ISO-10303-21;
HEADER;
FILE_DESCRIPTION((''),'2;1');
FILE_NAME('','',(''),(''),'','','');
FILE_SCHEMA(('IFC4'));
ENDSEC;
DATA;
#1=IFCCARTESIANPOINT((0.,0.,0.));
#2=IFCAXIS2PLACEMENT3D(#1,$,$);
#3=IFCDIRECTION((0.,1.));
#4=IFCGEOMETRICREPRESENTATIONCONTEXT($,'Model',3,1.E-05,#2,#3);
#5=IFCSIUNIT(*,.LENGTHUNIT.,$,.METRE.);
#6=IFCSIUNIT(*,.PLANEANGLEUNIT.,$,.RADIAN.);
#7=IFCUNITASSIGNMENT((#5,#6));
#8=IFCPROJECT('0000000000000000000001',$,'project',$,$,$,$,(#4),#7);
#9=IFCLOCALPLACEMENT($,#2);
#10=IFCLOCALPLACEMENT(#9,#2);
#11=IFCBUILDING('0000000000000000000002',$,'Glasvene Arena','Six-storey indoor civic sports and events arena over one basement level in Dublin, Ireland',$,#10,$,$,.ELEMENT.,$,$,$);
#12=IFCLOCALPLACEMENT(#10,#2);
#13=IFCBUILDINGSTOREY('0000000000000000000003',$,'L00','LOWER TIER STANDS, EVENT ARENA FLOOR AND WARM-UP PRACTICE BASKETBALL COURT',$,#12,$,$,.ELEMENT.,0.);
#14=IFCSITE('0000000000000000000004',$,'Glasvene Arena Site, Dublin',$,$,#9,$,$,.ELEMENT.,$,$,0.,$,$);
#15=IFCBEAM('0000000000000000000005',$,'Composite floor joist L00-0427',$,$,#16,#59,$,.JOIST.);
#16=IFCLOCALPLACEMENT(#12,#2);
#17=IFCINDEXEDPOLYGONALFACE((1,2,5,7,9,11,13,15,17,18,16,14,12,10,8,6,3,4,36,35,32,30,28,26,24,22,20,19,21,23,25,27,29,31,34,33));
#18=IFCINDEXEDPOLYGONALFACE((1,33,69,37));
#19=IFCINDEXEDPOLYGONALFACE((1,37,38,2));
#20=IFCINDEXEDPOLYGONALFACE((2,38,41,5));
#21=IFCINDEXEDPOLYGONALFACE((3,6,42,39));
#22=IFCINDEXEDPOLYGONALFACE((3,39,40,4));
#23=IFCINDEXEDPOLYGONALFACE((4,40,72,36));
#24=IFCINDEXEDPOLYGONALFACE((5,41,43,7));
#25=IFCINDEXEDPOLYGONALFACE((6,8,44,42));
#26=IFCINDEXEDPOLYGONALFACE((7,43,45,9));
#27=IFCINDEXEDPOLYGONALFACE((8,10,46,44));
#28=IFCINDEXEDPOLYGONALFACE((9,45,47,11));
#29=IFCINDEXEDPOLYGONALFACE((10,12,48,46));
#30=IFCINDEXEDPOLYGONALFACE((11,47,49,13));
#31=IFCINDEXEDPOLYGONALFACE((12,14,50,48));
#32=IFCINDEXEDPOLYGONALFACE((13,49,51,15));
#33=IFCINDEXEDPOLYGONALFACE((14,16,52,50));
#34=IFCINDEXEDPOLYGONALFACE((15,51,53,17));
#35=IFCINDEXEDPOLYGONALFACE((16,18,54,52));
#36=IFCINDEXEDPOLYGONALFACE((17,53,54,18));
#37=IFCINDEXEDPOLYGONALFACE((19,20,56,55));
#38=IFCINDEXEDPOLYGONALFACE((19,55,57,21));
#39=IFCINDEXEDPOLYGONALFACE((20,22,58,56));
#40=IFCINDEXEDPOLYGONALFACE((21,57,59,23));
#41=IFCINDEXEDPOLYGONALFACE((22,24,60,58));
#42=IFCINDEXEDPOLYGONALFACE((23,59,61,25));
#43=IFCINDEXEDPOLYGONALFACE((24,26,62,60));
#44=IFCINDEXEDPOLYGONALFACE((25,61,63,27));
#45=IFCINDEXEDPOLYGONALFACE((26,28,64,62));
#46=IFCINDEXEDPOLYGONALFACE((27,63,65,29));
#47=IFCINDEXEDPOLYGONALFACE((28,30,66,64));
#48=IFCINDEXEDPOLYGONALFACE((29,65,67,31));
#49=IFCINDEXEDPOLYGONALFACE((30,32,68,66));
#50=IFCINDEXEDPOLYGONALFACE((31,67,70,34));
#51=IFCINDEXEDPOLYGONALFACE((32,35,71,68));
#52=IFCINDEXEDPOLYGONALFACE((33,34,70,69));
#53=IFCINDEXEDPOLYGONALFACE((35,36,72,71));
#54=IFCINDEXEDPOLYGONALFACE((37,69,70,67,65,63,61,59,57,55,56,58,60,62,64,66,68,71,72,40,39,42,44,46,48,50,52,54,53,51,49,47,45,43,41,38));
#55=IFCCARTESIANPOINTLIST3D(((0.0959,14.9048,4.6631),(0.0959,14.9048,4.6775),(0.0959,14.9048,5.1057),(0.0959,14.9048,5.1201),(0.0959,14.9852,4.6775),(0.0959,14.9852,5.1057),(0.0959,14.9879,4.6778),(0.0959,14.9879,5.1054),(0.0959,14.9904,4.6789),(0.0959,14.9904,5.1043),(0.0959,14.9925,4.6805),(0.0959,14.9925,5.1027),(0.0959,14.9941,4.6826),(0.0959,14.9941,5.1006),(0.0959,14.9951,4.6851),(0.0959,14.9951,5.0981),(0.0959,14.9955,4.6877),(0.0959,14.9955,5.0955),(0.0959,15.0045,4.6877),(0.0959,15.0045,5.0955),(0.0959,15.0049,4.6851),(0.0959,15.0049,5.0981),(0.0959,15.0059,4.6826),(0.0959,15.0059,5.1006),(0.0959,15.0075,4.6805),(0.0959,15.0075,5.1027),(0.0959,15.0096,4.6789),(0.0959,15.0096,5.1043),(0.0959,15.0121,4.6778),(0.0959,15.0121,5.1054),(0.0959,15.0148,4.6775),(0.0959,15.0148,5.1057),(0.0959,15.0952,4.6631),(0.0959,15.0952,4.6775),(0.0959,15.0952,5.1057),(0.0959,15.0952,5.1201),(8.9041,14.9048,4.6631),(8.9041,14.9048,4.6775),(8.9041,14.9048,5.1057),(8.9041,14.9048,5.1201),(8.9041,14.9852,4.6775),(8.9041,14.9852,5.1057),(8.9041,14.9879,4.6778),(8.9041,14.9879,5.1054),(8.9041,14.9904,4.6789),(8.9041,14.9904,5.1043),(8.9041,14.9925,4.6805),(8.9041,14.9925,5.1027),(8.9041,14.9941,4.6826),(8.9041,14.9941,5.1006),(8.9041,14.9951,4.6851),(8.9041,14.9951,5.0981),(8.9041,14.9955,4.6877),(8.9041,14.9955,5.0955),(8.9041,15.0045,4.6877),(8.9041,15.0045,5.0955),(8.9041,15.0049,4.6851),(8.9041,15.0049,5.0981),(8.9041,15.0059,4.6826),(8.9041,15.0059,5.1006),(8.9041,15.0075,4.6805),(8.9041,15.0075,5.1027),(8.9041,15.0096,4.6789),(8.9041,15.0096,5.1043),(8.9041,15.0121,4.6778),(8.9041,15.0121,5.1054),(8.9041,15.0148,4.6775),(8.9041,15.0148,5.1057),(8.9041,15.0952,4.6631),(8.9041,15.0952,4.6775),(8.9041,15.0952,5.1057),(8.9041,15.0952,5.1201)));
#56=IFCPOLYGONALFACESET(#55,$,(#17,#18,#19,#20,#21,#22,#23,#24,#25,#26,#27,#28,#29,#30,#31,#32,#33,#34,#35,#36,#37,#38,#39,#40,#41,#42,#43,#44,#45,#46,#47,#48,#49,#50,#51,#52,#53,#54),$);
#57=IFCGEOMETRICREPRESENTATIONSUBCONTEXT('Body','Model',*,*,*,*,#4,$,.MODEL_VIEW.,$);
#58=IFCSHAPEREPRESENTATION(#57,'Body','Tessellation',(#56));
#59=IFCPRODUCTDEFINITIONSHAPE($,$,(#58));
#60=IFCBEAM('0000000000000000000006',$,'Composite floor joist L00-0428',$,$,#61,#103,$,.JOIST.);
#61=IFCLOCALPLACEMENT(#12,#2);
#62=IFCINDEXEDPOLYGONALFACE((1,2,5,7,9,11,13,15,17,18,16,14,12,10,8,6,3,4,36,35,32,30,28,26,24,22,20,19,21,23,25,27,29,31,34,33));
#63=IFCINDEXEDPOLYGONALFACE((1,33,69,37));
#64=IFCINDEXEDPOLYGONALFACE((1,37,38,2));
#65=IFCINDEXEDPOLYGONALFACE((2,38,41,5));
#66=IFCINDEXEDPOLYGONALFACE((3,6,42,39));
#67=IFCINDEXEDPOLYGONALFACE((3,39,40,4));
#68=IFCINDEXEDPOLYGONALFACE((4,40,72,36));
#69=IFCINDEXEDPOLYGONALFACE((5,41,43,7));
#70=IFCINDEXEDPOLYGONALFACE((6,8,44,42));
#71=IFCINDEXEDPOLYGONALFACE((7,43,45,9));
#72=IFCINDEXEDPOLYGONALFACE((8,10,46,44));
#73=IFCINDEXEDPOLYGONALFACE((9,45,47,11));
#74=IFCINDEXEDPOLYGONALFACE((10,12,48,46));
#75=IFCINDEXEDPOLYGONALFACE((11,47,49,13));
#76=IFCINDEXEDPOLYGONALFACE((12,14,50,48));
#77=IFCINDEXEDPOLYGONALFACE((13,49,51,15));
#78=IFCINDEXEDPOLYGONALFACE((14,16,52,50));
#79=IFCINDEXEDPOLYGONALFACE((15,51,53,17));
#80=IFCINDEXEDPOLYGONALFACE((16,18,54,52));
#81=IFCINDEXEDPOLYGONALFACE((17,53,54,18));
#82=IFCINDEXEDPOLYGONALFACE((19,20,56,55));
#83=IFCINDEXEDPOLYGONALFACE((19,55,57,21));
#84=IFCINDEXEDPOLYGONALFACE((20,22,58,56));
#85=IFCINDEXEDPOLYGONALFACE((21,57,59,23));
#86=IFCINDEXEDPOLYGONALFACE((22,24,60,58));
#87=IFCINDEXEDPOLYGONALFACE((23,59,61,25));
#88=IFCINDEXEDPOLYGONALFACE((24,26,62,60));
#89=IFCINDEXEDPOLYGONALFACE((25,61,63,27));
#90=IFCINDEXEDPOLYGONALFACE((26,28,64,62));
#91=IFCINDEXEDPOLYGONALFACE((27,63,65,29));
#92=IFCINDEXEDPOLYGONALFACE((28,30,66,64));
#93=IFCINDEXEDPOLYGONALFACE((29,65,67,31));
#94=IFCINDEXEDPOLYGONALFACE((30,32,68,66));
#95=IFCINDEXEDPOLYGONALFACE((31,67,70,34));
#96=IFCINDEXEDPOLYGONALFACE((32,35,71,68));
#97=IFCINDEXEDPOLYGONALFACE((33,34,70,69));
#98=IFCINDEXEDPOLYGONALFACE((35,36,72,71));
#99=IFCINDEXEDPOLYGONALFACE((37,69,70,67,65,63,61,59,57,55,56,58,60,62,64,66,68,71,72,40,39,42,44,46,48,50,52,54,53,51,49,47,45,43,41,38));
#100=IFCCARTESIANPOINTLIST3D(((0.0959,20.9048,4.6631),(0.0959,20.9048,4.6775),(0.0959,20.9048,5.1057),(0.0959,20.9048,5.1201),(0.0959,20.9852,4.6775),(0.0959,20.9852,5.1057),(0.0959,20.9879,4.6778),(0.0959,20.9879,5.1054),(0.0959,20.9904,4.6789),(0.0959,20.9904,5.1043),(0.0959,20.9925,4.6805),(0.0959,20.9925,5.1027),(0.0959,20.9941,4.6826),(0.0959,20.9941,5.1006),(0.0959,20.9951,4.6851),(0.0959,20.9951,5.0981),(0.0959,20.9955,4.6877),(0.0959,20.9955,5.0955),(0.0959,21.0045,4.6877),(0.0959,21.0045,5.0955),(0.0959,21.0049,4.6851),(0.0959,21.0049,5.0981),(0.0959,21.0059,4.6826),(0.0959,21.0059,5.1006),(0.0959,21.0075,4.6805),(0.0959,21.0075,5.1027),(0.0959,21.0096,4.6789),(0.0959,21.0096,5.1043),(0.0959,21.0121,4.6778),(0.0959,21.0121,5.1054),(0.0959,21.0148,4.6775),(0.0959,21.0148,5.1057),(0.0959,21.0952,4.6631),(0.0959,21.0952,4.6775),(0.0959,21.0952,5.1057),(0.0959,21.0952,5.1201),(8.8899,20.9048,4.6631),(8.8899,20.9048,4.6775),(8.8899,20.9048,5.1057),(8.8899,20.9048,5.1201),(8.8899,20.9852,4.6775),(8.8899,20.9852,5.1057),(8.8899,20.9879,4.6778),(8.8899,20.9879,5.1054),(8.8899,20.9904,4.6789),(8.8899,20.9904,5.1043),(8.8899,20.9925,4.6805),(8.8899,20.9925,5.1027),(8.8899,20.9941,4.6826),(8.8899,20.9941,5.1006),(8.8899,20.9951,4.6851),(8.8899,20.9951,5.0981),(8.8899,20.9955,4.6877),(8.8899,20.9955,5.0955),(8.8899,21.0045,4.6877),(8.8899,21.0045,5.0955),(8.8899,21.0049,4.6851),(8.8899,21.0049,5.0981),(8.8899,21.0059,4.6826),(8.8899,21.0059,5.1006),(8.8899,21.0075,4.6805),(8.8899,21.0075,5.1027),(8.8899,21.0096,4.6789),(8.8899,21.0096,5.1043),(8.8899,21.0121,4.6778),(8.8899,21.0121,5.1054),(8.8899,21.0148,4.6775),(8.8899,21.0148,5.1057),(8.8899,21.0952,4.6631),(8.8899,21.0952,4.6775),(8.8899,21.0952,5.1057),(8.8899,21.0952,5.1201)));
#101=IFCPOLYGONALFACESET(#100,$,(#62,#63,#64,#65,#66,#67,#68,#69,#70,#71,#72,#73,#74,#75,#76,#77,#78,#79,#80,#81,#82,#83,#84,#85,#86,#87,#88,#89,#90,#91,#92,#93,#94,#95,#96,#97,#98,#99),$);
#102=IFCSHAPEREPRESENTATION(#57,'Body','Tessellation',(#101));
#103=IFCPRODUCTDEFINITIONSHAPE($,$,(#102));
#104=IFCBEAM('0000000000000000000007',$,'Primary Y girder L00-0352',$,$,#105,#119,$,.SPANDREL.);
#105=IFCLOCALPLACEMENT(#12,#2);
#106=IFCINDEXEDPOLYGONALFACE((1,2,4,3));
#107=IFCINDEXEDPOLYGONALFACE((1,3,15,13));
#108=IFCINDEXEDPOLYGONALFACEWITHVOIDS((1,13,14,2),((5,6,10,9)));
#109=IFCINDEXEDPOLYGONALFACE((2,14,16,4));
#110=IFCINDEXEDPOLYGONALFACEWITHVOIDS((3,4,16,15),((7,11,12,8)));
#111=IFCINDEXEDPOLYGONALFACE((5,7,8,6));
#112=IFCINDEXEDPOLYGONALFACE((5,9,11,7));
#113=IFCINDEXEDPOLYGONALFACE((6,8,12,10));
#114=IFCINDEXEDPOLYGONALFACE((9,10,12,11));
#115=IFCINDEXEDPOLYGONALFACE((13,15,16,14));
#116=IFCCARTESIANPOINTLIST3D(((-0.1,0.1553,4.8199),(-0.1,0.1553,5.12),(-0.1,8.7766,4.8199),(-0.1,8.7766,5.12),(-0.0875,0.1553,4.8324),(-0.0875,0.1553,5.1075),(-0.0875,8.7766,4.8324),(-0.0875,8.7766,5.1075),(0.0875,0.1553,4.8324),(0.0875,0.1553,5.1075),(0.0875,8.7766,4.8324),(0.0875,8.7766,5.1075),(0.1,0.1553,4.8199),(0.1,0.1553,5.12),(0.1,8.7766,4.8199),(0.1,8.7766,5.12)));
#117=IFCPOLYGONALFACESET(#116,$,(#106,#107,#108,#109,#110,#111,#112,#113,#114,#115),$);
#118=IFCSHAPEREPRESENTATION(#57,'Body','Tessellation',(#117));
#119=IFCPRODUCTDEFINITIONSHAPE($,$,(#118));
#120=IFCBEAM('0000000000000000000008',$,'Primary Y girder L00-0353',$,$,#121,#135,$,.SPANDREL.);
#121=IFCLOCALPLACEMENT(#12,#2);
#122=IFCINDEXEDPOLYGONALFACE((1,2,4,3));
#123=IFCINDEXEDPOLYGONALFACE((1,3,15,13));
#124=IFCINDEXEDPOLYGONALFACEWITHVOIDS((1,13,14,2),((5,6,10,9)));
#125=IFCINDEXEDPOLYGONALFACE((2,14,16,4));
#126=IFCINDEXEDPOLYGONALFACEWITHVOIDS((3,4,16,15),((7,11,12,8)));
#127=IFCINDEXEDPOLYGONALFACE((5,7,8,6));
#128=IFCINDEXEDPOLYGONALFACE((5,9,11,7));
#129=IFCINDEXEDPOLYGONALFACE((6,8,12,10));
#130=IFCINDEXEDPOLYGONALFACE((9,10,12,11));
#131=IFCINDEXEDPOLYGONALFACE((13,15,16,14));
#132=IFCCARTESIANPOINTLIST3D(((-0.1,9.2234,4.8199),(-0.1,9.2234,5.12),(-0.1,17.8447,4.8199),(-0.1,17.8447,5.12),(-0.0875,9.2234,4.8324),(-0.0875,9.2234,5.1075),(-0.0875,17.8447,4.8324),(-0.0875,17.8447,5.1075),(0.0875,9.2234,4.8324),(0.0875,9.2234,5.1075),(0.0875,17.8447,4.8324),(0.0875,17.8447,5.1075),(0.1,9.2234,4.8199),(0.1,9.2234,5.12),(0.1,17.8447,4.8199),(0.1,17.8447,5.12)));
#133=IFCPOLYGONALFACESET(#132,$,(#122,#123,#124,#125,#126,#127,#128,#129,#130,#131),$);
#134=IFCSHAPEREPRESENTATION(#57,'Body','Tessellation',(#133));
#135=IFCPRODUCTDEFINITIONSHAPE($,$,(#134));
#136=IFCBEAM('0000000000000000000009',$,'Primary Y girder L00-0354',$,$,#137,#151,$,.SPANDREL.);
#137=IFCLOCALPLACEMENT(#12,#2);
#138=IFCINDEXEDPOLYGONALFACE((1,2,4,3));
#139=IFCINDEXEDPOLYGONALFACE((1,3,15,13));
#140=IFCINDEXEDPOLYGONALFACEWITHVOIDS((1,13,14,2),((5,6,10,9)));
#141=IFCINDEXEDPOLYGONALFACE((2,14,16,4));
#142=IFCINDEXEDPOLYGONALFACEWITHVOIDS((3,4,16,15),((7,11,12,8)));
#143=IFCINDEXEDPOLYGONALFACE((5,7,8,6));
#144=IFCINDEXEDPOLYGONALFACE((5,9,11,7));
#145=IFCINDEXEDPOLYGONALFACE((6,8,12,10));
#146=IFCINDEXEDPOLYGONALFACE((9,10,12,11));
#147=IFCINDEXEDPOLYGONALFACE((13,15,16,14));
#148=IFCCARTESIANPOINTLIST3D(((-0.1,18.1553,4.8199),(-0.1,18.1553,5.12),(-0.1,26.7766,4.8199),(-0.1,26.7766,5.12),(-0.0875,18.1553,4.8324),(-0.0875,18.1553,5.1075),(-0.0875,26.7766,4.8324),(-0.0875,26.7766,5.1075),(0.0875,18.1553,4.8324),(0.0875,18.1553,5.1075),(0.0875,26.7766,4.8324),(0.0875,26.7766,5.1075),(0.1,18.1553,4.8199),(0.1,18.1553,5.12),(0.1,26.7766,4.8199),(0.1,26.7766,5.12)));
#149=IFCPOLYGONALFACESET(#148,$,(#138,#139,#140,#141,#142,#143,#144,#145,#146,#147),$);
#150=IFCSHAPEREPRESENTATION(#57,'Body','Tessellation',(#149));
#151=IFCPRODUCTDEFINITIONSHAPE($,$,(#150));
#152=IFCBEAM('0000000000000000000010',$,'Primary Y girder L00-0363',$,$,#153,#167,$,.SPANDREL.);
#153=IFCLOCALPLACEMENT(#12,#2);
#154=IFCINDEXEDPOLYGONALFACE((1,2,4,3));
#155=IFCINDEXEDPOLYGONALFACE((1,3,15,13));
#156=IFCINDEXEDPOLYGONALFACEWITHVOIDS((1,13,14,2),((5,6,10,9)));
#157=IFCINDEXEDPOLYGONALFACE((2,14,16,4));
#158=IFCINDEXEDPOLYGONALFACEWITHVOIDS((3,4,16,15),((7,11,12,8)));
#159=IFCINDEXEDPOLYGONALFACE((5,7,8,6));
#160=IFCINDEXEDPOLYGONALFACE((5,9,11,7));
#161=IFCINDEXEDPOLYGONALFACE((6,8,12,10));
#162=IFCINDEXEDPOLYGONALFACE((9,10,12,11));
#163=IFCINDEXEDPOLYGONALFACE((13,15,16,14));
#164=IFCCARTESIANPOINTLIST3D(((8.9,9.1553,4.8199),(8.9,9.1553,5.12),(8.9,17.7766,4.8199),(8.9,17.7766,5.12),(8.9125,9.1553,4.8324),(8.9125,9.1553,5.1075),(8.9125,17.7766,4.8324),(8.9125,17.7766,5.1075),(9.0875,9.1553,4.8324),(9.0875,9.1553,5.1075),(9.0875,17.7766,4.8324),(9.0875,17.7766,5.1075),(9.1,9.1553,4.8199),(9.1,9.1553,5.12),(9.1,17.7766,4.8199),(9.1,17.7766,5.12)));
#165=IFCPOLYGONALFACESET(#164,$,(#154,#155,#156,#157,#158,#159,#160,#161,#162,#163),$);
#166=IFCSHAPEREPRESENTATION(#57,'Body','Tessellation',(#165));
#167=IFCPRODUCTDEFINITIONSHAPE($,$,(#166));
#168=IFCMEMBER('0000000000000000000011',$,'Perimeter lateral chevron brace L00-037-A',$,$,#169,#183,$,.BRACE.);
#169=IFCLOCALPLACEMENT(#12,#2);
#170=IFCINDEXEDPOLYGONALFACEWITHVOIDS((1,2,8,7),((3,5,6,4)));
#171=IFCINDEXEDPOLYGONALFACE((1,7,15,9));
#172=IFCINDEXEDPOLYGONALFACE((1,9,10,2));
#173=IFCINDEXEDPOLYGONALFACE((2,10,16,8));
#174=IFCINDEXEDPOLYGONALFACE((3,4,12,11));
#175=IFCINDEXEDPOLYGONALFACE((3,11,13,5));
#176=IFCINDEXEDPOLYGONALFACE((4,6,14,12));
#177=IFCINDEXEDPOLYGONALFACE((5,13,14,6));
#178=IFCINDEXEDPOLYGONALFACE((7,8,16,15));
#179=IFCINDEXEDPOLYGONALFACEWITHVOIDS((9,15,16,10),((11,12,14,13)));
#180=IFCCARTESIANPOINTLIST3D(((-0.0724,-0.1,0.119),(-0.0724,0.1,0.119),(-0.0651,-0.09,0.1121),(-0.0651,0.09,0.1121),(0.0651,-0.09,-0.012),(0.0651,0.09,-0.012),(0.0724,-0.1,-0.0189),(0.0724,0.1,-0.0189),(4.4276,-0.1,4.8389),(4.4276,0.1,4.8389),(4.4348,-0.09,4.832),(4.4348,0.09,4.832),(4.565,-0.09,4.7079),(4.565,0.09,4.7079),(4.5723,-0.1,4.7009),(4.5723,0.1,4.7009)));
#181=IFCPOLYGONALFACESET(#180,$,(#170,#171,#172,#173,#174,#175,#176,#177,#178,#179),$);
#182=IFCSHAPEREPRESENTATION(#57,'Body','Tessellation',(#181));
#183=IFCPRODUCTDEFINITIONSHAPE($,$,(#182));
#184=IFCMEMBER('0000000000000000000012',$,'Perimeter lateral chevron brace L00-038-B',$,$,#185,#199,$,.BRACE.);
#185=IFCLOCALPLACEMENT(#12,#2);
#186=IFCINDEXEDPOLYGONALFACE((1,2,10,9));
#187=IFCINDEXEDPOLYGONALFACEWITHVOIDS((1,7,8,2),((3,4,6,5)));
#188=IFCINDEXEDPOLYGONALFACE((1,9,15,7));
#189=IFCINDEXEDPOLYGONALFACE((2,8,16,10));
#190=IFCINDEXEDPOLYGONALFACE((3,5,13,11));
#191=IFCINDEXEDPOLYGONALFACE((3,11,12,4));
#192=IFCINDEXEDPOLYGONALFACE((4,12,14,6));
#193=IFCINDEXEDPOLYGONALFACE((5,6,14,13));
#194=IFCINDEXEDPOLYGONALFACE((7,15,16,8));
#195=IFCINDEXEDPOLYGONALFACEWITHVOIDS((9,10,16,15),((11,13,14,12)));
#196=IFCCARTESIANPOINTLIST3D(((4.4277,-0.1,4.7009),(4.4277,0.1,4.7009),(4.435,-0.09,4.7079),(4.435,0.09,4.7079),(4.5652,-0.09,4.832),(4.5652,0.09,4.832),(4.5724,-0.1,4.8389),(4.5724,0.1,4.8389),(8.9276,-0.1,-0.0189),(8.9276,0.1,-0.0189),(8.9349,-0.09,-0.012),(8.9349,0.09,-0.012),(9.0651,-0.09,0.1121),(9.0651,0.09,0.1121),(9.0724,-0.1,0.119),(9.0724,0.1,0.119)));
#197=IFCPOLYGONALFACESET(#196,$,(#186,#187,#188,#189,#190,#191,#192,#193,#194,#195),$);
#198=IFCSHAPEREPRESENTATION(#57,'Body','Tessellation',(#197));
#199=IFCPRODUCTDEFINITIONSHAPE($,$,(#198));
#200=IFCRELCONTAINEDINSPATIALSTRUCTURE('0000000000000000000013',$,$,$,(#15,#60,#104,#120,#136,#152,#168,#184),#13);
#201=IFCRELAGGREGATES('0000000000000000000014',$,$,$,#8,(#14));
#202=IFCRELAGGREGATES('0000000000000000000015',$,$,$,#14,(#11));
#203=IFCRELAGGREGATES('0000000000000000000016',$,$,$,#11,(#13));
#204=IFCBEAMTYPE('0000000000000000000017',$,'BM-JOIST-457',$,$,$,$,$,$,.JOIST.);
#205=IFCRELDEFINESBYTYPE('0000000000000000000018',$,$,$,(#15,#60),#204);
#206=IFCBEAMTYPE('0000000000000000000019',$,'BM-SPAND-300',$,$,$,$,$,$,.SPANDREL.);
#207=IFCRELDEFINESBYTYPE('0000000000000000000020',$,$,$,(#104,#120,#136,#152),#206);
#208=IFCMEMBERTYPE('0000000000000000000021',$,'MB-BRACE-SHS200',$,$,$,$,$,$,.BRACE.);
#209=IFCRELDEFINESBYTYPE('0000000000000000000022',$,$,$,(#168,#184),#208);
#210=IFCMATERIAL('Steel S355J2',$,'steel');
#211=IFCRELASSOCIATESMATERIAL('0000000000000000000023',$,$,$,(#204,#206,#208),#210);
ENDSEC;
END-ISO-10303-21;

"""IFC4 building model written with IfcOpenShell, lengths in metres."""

from ifc_helpers import new_model, si_unit, direction, frame, origin, origin_2d, place, context, subcontext, project, spatial, hollow_rectangle, i_section, extrude, material, material_profile, profile_set, type_object, element, save


model = new_model("IFC4")

# Units and contexts
model_context = context("Model", 3, precision=1e-05, world=origin(), true_north=direction((0.0, 1.0)))
body_context = subcontext(model_context, "Body", "Model", "MODEL_VIEW")
ifc_project = project(units=[si_unit("LENGTHUNIT", "METRE"), si_unit("PLANEANGLEUNIT", "RADIAN")], contexts=[model_context])

# Site, building, storey
site_placement = place(None, origin())
site = spatial("IfcSite", under=ifc_project, at=site_placement, Name="Glasvene Arena Site, Dublin", CompositionType="ELEMENT", RefElevation=0.0)
building_placement = place(site_placement, origin())
building = spatial("IfcBuilding", under=site, at=building_placement, Name="Glasvene Arena", Description="Six-storey indoor civic sports and events arena over one basement level in Dublin, Ireland", CompositionType="ELEMENT")
storey_placement = place(building_placement, origin())
storey = spatial("IfcBuildingStorey", under=building, at=storey_placement, Name="L00", Description="LOWER TIER STANDS, EVENT ARENA FLOOR AND WARM-UP PRACTICE BASKETBALL COURT", CompositionType="ELEMENT", Elevation=0.0)

# Shared definitions
ifc_material_1 = material(Name="Steel S355J2", Category="steel")

# Beams
ifc_material_profile_1 = material_profile(ifc_material_1, i_section(OverallWidth=0.1904, OverallDepth=0.457, WebThickness=0.009, FlangeThickness=0.0144, FilletRadius=0.0103, at=origin_2d()), Name="UKB 457x191x74")
ifc_profile_set_1 = profile_set([ifc_material_profile_1], Name="Steel S355J2")
beam_type_1 = type_object("IfcBeamType", Name="BM-JOIST-457", PredefinedType="JOIST", material=ifc_profile_set_1)
for number, where, z_axis, x_axis, name in (
    (1, (0.0959, 15.0, 4.8916), (1.0, 0.0, 0.0), (0.0, 1.0, 0.0), "Composite floor joist L00-0427"),
):
    element("IfcBeam", number, at=place(storey_placement, frame(where, z_axis=z_axis, x_axis=x_axis)), inside=storey, type_object=beam_type_1, Name=name, PredefinedType="JOIST", context=body_context, shape_type="SweptSolid", body=[
        extrude(i_section(OverallWidth=0.1904, OverallDepth=0.457, WebThickness=0.009, FlangeThickness=0.0144, FilletRadius=0.0103, at=origin_2d()), origin(), (0.0, 0.0, 1.0), 8.8081),
    ])
beam_placement = place(storey_placement, frame((0.0959, 21.0, 4.8916), z_axis=(1.0, 0.0, 0.0), x_axis=(0.0, 1.0, 0.0)))
element("IfcBeam", 2, at=beam_placement, inside=storey, type_object=beam_type_1, Name="Composite floor joist L00-0428", PredefinedType="JOIST", context=body_context, shape_type="SweptSolid", body=[
    extrude(i_section(OverallWidth=0.1904, OverallDepth=0.457, WebThickness=0.009, FlangeThickness=0.0144, FilletRadius=0.0103, at=origin_2d()), origin(), (0.0, 0.0, 1.0), 8.7939),
])
ifc_material_profile_2 = material_profile(ifc_material_1, hollow_rectangle(XDim=0.2, YDim=0.3, WallThickness=0.0125, at=origin_2d()), Name="RHS 300x200x12.5")
ifc_profile_set_2 = profile_set([ifc_material_profile_2], Name="Steel S355J2")
beam_type_2 = type_object("IfcBeamType", Name="BM-SPAND-300", PredefinedType="SPANDREL", material=ifc_profile_set_2)
for number, where, z_axis, x_axis, name in (
    (3, (0.0, 0.1553, 4.97), (0.0, 1.0, 0.0), (-1.0, 0.0, 0.0), "Primary Y girder L00-0352"),
    (4, (0.0, 9.2234, 4.97), (0.0, 1.0, 0.0), (-1.0, 0.0, 0.0), "Primary Y girder L00-0353"),
    (5, (0.0, 18.1553, 4.97), (0.0, 1.0, 0.0), (-1.0, 0.0, 0.0), "Primary Y girder L00-0354"),
    (6, (9.0, 9.1553, 4.97), (0.0, 1.0, 0.0), (-1.0, 0.0, 0.0), "Primary Y girder L00-0363"),
):
    element("IfcBeam", number, at=place(storey_placement, frame(where, z_axis=z_axis, x_axis=x_axis)), inside=storey, type_object=beam_type_2, Name=name, PredefinedType="SPANDREL", context=body_context, shape_type="SweptSolid", body=[
        extrude(hollow_rectangle(XDim=0.2, YDim=0.3, WallThickness=0.0125, at=origin_2d()), origin(), (0.0, 0.0, 1.0), 8.6213),
    ])

# Members
ifc_material_profile_3 = material_profile(ifc_material_1, hollow_rectangle(XDim=0.2, YDim=0.2, WallThickness=0.01, at=origin_2d()), Name="SHS 200x200x10.0")
ifc_profile_set_3 = profile_set([ifc_material_profile_3], Name="Steel S355J2")
member_type = type_object("IfcMemberType", Name="MB-BRACE-SHS200", PredefinedType="BRACE", material=ifc_profile_set_3)
for number, where, z_axis, x_axis, name in (
    (7, (0.0, 0.0, 0.05), (0.69004, 0.0, 0.723771), (0.0, 1.0, 0.0), "Perimeter lateral chevron brace L00-037-A"),
    (8, (9.0, 0.0, 0.05), (-0.69004, 0.0, 0.723771), (0.0, -1.0, 0.0), "Perimeter lateral chevron brace L00-038-B"),
):
    element("IfcMember", number, at=place(storey_placement, frame(where, z_axis=z_axis, x_axis=x_axis)), inside=storey, type_object=member_type, Name=name, PredefinedType="BRACE", context=body_context, shape_type="SweptSolid", body=[
        extrude(hollow_rectangle(XDim=0.2, YDim=0.2, WallThickness=0.01, at=origin_2d()), origin(), (0.0, 0.0, 1.0), 6.5212),
    ])

save(model, "model.ifc")
